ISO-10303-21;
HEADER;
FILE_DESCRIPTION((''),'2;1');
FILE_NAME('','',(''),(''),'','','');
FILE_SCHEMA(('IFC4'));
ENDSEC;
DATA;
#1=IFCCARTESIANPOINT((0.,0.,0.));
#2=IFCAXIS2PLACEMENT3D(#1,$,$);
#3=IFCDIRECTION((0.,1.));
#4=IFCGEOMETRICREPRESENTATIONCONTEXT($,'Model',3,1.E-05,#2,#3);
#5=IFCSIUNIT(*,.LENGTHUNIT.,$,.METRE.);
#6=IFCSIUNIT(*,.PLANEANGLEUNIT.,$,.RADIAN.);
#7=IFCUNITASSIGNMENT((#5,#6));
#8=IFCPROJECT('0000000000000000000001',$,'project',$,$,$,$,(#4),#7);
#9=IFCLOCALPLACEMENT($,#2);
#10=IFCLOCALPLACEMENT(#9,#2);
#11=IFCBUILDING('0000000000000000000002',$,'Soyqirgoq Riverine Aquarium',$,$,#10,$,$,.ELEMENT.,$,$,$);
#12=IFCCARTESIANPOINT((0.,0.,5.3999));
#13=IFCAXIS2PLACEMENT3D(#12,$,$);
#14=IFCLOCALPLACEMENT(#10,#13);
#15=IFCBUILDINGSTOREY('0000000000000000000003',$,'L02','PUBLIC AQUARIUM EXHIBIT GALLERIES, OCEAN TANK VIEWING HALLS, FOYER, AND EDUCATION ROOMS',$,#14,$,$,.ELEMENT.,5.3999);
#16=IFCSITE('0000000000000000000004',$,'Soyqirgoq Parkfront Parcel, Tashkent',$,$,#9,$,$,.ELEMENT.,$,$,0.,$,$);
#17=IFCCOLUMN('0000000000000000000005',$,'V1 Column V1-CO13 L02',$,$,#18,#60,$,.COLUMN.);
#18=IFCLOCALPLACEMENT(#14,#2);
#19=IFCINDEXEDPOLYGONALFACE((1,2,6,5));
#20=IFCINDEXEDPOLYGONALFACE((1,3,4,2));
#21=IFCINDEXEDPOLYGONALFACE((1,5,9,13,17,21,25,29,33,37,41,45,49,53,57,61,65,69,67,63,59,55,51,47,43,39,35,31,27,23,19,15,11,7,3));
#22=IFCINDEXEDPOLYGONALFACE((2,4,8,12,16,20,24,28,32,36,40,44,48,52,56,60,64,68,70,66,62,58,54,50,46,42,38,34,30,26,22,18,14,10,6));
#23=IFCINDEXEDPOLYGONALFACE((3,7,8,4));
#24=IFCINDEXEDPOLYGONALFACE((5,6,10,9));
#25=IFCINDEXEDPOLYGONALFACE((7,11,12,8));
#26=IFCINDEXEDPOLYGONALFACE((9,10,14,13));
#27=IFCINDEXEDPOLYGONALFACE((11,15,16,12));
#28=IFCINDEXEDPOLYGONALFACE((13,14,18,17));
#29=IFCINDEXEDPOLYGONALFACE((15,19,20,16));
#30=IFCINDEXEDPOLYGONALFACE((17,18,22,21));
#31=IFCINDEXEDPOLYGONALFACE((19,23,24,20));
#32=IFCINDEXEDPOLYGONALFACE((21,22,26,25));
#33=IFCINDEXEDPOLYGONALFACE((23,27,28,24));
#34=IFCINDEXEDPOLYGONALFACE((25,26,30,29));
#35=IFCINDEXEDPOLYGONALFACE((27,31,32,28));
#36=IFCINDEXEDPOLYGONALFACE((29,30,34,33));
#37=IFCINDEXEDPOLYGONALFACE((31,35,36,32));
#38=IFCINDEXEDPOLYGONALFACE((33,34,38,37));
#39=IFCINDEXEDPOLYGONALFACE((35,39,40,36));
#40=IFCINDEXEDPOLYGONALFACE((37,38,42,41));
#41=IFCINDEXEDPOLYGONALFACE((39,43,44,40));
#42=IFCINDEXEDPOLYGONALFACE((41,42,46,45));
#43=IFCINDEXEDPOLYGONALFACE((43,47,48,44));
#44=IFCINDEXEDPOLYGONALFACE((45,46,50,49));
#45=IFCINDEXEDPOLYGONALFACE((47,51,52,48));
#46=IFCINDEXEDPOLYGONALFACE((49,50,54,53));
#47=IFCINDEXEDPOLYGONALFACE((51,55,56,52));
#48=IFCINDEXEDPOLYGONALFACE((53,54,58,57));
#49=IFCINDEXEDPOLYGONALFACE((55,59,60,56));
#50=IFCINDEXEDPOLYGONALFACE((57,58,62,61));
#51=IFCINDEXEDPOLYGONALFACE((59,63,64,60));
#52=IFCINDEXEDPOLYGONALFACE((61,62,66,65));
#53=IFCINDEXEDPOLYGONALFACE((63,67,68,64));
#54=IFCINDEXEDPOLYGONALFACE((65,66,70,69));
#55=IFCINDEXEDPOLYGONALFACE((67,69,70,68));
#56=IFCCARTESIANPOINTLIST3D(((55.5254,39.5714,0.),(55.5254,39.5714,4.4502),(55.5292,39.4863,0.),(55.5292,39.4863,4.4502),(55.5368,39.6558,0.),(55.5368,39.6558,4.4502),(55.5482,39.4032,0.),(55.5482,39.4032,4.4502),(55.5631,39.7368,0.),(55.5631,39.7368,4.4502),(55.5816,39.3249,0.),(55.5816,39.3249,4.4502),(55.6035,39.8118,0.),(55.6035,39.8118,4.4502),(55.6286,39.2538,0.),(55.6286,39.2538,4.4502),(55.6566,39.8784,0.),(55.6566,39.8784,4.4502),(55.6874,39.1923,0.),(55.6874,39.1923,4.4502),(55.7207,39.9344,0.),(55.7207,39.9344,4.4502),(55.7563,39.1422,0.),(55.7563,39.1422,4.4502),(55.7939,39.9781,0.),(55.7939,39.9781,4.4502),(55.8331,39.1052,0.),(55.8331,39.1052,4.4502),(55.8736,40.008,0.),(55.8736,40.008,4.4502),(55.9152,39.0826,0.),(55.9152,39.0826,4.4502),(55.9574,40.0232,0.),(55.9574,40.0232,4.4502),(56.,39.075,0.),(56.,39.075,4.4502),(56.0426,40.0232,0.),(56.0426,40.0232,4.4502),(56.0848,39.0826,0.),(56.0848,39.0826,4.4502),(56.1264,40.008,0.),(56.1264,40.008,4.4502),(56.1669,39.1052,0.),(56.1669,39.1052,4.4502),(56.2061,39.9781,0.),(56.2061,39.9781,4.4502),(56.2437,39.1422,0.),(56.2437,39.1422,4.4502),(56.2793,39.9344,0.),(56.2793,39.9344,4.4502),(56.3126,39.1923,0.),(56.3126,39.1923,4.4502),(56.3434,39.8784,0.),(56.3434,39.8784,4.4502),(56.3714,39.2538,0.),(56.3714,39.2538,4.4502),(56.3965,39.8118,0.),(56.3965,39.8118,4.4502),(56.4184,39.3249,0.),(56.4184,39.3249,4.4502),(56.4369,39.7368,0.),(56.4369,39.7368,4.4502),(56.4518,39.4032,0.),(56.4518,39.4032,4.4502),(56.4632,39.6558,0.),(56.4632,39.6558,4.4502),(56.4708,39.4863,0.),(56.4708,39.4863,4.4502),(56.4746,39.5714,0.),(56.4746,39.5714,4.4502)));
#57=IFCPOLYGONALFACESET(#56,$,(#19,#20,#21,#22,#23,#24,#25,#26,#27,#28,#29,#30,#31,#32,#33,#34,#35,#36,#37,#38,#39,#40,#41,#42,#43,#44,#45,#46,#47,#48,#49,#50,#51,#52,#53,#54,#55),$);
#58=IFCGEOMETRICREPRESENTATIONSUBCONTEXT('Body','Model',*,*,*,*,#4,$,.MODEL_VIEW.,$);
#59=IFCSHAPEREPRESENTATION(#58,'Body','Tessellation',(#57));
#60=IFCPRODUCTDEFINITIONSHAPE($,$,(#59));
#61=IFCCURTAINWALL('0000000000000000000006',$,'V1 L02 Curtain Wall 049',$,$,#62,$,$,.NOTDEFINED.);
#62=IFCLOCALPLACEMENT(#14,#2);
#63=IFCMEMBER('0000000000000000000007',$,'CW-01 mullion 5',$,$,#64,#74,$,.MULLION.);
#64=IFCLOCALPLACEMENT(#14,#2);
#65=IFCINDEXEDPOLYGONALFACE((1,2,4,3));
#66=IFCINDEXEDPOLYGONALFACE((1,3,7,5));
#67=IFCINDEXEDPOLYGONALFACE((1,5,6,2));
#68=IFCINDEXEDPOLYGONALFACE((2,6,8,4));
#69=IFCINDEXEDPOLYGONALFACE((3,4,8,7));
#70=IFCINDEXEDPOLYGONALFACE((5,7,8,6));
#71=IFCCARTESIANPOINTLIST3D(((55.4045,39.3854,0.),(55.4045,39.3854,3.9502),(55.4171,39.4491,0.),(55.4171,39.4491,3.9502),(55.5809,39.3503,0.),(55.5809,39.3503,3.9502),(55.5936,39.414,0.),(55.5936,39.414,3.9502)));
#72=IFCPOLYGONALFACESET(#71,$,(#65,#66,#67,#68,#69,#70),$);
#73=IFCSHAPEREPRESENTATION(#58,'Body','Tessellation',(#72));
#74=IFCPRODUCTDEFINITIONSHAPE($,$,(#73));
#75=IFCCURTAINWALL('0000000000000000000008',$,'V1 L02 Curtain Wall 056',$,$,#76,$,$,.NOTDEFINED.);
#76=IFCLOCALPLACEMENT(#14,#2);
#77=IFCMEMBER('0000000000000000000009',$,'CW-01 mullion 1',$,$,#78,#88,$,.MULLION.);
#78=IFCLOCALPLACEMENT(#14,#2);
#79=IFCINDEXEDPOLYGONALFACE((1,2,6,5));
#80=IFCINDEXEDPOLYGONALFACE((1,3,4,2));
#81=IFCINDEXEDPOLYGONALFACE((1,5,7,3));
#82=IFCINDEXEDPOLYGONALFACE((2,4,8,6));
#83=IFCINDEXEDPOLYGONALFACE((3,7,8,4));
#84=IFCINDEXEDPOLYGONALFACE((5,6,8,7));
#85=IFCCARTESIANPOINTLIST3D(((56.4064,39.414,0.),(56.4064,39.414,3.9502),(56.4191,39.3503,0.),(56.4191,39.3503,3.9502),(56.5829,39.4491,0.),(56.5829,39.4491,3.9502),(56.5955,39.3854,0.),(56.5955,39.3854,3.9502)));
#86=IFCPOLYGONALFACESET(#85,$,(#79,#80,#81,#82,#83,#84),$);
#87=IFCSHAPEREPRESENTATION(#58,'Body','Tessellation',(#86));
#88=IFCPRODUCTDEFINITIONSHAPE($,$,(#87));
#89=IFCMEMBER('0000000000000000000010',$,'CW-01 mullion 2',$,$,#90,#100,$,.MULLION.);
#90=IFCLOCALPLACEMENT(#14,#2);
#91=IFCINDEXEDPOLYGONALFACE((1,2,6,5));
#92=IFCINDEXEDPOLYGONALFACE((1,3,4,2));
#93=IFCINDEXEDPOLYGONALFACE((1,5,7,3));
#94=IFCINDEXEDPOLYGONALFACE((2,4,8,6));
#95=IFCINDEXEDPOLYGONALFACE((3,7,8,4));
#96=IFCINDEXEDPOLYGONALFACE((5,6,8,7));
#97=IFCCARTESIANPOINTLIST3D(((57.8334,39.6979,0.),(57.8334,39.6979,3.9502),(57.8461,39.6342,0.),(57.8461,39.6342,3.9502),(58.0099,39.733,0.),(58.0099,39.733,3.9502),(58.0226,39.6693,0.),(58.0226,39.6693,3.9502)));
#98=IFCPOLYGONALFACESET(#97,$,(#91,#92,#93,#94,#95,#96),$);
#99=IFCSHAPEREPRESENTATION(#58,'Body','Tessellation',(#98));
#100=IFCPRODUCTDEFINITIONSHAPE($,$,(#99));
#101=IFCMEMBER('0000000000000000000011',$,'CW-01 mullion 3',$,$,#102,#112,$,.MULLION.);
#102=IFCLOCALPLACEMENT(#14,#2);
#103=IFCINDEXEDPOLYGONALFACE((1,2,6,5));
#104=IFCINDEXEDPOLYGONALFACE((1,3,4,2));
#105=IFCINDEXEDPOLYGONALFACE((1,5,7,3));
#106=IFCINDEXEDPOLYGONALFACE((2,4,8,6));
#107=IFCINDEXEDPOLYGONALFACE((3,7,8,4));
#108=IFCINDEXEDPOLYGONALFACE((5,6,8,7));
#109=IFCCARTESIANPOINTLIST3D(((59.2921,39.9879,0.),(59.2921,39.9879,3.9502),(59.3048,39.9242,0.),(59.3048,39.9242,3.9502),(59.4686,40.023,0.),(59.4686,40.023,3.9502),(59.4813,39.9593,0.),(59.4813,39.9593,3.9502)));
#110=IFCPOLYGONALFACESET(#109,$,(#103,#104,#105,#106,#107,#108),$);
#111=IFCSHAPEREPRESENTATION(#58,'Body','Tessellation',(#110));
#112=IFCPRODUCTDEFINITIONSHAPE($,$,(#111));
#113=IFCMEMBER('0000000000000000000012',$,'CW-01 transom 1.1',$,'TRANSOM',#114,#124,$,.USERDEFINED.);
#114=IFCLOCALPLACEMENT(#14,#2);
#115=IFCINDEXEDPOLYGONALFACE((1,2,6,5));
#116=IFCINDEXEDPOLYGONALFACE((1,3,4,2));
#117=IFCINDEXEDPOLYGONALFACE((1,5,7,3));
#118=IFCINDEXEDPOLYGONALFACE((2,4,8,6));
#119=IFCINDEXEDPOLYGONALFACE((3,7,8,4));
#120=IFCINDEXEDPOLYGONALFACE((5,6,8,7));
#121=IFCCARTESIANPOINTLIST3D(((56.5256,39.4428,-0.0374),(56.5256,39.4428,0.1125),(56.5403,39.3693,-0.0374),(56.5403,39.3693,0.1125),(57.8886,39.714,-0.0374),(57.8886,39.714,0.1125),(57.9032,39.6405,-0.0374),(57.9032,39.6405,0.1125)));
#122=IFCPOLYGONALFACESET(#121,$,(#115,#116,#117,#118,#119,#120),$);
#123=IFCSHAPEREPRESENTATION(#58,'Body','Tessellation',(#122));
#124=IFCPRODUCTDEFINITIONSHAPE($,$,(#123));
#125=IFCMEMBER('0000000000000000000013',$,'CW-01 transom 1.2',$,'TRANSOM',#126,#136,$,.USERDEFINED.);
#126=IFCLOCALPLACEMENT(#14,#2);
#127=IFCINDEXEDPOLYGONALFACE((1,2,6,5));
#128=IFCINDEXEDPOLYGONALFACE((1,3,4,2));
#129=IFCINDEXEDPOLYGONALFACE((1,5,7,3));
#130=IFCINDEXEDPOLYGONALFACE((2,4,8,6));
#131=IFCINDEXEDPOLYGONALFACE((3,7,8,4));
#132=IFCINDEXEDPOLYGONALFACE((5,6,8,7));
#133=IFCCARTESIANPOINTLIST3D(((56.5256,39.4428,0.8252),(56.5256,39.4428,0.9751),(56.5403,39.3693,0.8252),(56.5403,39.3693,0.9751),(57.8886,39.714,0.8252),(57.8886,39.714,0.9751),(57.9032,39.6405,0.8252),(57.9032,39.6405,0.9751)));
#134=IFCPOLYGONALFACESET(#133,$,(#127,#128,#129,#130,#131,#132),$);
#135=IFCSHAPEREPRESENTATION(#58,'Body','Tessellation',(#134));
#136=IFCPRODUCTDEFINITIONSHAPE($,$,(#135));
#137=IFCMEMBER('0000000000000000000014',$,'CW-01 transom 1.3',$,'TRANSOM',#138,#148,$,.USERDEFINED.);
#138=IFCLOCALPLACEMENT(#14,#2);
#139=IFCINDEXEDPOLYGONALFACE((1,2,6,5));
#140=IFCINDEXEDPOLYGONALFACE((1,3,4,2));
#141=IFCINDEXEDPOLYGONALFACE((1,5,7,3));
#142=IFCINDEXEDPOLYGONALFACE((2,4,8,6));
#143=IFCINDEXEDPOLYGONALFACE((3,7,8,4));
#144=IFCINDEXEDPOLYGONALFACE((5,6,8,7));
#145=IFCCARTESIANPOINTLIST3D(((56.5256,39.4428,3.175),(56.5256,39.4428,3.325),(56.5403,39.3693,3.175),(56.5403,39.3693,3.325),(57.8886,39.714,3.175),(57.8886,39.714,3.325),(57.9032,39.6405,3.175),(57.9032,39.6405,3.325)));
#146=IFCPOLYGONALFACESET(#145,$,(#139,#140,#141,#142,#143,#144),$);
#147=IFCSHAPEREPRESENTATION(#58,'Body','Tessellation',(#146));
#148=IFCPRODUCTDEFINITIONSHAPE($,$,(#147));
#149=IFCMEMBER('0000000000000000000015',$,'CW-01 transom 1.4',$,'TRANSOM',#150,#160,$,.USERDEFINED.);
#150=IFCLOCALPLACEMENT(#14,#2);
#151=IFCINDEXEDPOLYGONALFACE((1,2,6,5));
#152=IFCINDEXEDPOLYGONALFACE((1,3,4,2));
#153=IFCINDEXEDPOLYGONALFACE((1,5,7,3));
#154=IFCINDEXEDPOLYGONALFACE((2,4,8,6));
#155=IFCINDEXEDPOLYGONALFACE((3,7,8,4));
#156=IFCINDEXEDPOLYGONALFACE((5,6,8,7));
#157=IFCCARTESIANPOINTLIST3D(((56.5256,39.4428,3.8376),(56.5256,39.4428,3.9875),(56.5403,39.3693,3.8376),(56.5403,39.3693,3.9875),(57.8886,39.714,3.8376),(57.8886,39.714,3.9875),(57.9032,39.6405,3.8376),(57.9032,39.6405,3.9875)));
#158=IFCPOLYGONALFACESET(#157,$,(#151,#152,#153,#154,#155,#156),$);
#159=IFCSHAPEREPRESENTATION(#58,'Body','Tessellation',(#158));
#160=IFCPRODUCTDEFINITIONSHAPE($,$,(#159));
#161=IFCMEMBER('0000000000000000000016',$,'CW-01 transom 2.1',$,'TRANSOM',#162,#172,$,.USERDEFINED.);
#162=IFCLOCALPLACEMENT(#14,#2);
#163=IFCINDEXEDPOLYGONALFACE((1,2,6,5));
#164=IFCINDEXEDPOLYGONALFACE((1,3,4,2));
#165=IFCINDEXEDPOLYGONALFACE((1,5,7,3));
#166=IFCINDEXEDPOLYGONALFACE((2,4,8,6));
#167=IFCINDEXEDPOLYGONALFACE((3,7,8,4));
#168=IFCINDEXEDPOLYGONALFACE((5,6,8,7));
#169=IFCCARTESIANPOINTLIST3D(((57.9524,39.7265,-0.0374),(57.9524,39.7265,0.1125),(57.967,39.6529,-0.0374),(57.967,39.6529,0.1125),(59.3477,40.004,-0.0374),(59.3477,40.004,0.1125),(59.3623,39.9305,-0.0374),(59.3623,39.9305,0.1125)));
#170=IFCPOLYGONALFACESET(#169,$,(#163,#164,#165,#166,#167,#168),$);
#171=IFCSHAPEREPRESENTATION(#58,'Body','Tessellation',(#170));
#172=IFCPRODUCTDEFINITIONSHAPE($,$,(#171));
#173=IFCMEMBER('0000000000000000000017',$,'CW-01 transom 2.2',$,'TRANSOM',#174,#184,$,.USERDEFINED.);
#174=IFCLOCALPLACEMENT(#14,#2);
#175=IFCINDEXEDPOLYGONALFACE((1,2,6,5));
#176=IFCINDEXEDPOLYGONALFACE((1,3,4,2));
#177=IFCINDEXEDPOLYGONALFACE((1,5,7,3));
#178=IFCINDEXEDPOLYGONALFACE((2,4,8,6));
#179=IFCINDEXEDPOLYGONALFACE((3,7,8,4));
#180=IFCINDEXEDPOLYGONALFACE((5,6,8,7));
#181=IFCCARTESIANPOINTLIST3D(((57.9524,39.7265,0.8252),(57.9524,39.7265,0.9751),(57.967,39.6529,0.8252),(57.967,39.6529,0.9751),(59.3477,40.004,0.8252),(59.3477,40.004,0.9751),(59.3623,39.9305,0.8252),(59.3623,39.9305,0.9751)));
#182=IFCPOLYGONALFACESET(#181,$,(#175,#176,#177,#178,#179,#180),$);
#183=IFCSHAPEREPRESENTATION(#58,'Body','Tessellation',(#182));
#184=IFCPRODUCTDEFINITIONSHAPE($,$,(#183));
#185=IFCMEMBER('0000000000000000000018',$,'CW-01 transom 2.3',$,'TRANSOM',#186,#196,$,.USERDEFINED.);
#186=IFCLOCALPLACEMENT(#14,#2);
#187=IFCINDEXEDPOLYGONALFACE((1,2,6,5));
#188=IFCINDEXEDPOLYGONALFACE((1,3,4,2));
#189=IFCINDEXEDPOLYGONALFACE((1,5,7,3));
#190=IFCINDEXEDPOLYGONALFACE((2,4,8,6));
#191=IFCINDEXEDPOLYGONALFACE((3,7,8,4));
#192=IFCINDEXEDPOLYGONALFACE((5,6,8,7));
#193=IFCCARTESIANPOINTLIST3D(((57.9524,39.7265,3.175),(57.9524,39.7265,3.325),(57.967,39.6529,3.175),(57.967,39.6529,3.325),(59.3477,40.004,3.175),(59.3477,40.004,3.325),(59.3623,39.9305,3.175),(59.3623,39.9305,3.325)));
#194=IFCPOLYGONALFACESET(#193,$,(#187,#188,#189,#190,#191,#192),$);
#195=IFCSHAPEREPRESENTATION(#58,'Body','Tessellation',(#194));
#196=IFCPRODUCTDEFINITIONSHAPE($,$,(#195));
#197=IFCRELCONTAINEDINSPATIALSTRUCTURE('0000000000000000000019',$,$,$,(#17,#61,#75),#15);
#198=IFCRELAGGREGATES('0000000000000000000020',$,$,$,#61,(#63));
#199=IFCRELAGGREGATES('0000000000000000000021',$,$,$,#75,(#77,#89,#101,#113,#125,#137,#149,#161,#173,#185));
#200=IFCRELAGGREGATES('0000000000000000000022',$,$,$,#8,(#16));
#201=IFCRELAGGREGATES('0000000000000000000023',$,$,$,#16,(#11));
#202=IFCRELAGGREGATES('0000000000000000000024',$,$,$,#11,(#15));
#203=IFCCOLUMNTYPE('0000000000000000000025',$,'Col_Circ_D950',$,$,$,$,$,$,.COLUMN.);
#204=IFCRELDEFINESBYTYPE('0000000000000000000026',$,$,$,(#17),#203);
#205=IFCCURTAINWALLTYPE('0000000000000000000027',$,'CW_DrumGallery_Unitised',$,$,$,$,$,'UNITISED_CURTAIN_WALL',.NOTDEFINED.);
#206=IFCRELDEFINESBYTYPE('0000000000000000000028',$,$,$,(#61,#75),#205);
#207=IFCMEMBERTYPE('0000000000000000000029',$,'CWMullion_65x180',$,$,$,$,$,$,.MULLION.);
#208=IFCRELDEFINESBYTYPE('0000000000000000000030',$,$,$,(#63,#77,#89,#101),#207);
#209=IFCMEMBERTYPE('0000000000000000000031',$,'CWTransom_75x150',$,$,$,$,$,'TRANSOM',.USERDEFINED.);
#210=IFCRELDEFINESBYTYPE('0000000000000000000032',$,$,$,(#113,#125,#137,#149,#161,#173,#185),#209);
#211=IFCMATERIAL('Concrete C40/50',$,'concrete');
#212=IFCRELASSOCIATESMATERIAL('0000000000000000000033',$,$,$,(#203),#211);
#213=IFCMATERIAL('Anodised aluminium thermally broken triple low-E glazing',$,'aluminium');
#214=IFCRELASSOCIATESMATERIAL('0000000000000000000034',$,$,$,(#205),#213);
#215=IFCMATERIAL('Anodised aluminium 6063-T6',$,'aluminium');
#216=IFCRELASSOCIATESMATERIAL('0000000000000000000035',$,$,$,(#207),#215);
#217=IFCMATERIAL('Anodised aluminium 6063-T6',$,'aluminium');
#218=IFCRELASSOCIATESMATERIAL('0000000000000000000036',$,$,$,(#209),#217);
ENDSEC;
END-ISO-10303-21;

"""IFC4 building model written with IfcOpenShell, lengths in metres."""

from ifc_helpers import new_model, si_unit, direction, frame, origin, origin_2d, place, context, subcontext, project, spatial, rectangle, circle, extrude, material, material_profile, profile_set, type_object, element, aggregate, save


model = new_model("IFC4")

# Units and contexts
model_context = context("Model", 3, precision=1e-05, world=origin(), true_north=direction((0.0, 1.0)))
body_context = subcontext(model_context, "Body", "Model", "MODEL_VIEW")
ifc_project = project(units=[si_unit("LENGTHUNIT", "METRE"), si_unit("PLANEANGLEUNIT", "RADIAN")], contexts=[model_context])

# Site, building, storey
site_placement = place(None, origin())
site = spatial("IfcSite", under=ifc_project, at=site_placement, Name="Soyqirgoq Parkfront Parcel, Tashkent", CompositionType="ELEMENT", RefElevation=0.0)
building_placement = place(site_placement, origin())
building = spatial("IfcBuilding", under=site, at=building_placement, Name="Soyqirgoq Riverine Aquarium", CompositionType="ELEMENT")
storey_placement = place(building_placement, frame((0.0, 0.0, 5.3999)))
storey = spatial("IfcBuildingStorey", under=building, at=storey_placement, Name="L02", Description="PUBLIC AQUARIUM EXHIBIT GALLERIES, OCEAN TANK VIEWING HALLS, FOYER, AND EDUCATION ROOMS", CompositionType="ELEMENT", Elevation=5.3999)

# Column
ifc_material_1 = material(Name="Concrete C40/50", Category="concrete")
ifc_material_profile_1 = material_profile(ifc_material_1, circle(Radius=0.4751, at=origin_2d()), Name="RC-COL D950")
ifc_profile_set_1 = profile_set([ifc_material_profile_1], Name="Concrete C40/50")
column_type = type_object("IfcColumnType", Name="Col_Circ_D950", PredefinedType="COLUMN", material=ifc_profile_set_1)
column_placement = place(storey_placement, frame((56.0, 39.55, 0.0), z_axis=(0.0, 0.0, 1.0), x_axis=(0.0, -1.0, 0.0)))
element("IfcColumn", 1, at=column_placement, inside=storey, type_object=column_type, Name="V1 Column V1-CO13 L02", PredefinedType="COLUMN", context=body_context, shape_type="SweptSolid", body=[
    extrude(circle(Radius=0.4751, at=origin_2d()), origin(), (0.0, 0.0, 1.0), 4.4502),
])

# Curtain wall, member
ifc_material_2 = material(Name="Anodised aluminium thermally broken triple low-E glazing", Category="aluminium")
curtain_wall_type = type_object("IfcCurtainWallType", Name="CW_DrumGallery_Unitised", ElementType="UNITISED_CURTAIN_WALL", PredefinedType="NOTDEFINED", material=ifc_material_2)
curtain_wall_1_placement = place(storey_placement, origin())
curtain_wall_1 = element("IfcCurtainWall", 2, at=curtain_wall_1_placement, inside=storey, type_object=curtain_wall_type, Name="V1 L02 Curtain Wall 049", PredefinedType="NOTDEFINED")
ifc_material_3 = material(Name="Anodised aluminium 6063-T6", Category="aluminium")
ifc_material_profile_2 = material_profile(ifc_material_3, rectangle(XDim=0.0649, YDim=0.1799, at=origin_2d()), Name="ALU-M 65x180")
ifc_profile_set_2 = profile_set([ifc_material_profile_2], Name="Anodised aluminium 6063-T6")
member_type_1 = type_object("IfcMemberType", Name="CWMullion_65x180", PredefinedType="MULLION", material=ifc_profile_set_2)
member_1_placement = place(storey_placement, frame((55.499, 39.3997, 0.0), z_axis=(0.0, 0.0, 1.0), x_axis=(0.195088, 0.980786, 0.0)))
member_1 = element("IfcMember", 3, at=member_1_placement, type_object=member_type_1, Name="CW-01 mullion 5", PredefinedType="MULLION", context=body_context, shape_type="SweptSolid", body=[
    extrude(rectangle(XDim=0.0649, YDim=0.1799, at=origin_2d()), origin(), (0.0, 0.0, 1.0), 3.9502),
])

# Curtain wall, members
curtain_wall_2_placement = place(storey_placement, origin())
curtain_wall_2 = element("IfcCurtainWall", 4, at=curtain_wall_2_placement, inside=storey, type_object=curtain_wall_type, Name="V1 L02 Curtain Wall 056", PredefinedType="NOTDEFINED")
member_2_placement = place(storey_placement, frame((56.501, 39.3997, 0.0), z_axis=(0.0, 0.0, 1.0), x_axis=(-0.195088, 0.980786, 0.0)))
member_2 = element("IfcMember", 5, at=member_2_placement, type_object=member_type_1, Name="CW-01 mullion 1", PredefinedType="MULLION", context=body_context, shape_type="SweptSolid", body=[
    extrude(rectangle(XDim=0.0649, YDim=0.1799, at=origin_2d()), origin(), (0.0, 0.0, 1.0), 3.9502),
])
member_3_placement = place(storey_placement, frame((57.928, 39.6836, 0.0), z_axis=(0.0, 0.0, 1.0), x_axis=(-0.195088, 0.980786, 0.0)))
member_3 = element("IfcMember", 6, at=member_3_placement, type_object=member_type_1, Name="CW-01 mullion 2", PredefinedType="MULLION", context=body_context, shape_type="SweptSolid", body=[
    extrude(rectangle(XDim=0.0649, YDim=0.1799, at=origin_2d()), origin(), (0.0, 0.0, 1.0), 3.9502),
])
member_4_placement = place(storey_placement, frame((59.3867, 39.9736, 0.0), z_axis=(0.0, 0.0, 1.0), x_axis=(-0.195088, 0.980786, 0.0)))
member_4 = element("IfcMember", 7, at=member_4_placement, type_object=member_type_1, Name="CW-01 mullion 3", PredefinedType="MULLION", context=body_context, shape_type="SweptSolid", body=[
    extrude(rectangle(XDim=0.0649, YDim=0.1799, at=origin_2d()), origin(), (0.0, 0.0, 1.0), 3.9502),
])
ifc_material_4 = material(Name="Anodised aluminium 6063-T6", Category="aluminium")
ifc_material_profile_3 = material_profile(ifc_material_4, rectangle(XDim=0.075, YDim=0.1499, at=origin_2d()), Name="ALU-T 75x150")
ifc_profile_set_3 = profile_set([ifc_material_profile_3], Name="Anodised aluminium 6063-T6")
member_type_2 = type_object("IfcMemberType", Name="CWTransom_75x150", ElementType="TRANSOM", PredefinedType="USERDEFINED", material=ifc_profile_set_3)
member_5_placement = place(storey_placement, frame((56.533, 39.406, 0.0376), z_axis=(0.980769, 0.19517, 0.0), x_axis=(-0.19517, 0.980769, 0.0)))
member_5 = element("IfcMember", 8, at=member_5_placement, type_object=member_type_2, Name="CW-01 transom 1.1", ObjectType="TRANSOM", PredefinedType="USERDEFINED", context=body_context, shape_type="SweptSolid", body=[
    extrude(rectangle(XDim=0.075, YDim=0.1499, at=origin_2d()), origin(), (0.0, 0.0, 1.0), 1.3896),
])
member_6_placement = place(storey_placement, frame((56.533, 39.406, 0.9001), z_axis=(0.980769, 0.19517, 0.0), x_axis=(-0.19517, 0.980769, 0.0)))
member_6 = element("IfcMember", 9, at=member_6_placement, type_object=member_type_2, Name="CW-01 transom 1.2", ObjectType="TRANSOM", PredefinedType="USERDEFINED", context=body_context, shape_type="SweptSolid", body=[
    extrude(rectangle(XDim=0.075, YDim=0.1499, at=origin_2d()), origin(), (0.0, 0.0, 1.0), 1.3896),
])
member_7_placement = place(storey_placement, frame((56.533, 39.406, 3.25), z_axis=(0.980769, 0.19517, 0.0), x_axis=(-0.19517, 0.980769, 0.0)))
member_7 = element("IfcMember", 10, at=member_7_placement, type_object=member_type_2, Name="CW-01 transom 1.3", ObjectType="TRANSOM", PredefinedType="USERDEFINED", context=body_context, shape_type="SweptSolid", body=[
    extrude(rectangle(XDim=0.075, YDim=0.1499, at=origin_2d()), origin(), (0.0, 0.0, 1.0), 1.3896),
])
member_8_placement = place(storey_placement, frame((56.533, 39.406, 3.9126), z_axis=(0.980769, 0.19517, 0.0), x_axis=(-0.19517, 0.980769, 0.0)))
member_8 = element("IfcMember", 11, at=member_8_placement, type_object=member_type_2, Name="CW-01 transom 1.4", ObjectType="TRANSOM", PredefinedType="USERDEFINED", context=body_context, shape_type="SweptSolid", body=[
    extrude(rectangle(XDim=0.075, YDim=0.1499, at=origin_2d()), origin(), (0.0, 0.0, 1.0), 1.3896),
])
member_9_placement = place(storey_placement, frame((57.9597, 39.6897, 0.0376), z_axis=(0.980778, 0.195126, 0.0), x_axis=(-0.195126, 0.980778, 0.0)))
member_9 = element("IfcMember", 12, at=member_9_placement, type_object=member_type_2, Name="CW-01 transom 2.1", ObjectType="TRANSOM", PredefinedType="USERDEFINED", context=body_context, shape_type="SweptSolid", body=[
    extrude(rectangle(XDim=0.075, YDim=0.1499, at=origin_2d()), origin(), (0.0, 0.0, 1.0), 1.4226),
])
member_10_placement = place(storey_placement, frame((57.9597, 39.6897, 0.9001), z_axis=(0.980778, 0.195126, 0.0), x_axis=(-0.195126, 0.980778, 0.0)))
member_10 = element("IfcMember", 13, at=member_10_placement, type_object=member_type_2, Name="CW-01 transom 2.2", ObjectType="TRANSOM", PredefinedType="USERDEFINED", context=body_context, shape_type="SweptSolid", body=[
    extrude(rectangle(XDim=0.075, YDim=0.1499, at=origin_2d()), origin(), (0.0, 0.0, 1.0), 1.4226),
])
member_11_placement = place(storey_placement, frame((57.9597, 39.6897, 3.25), z_axis=(0.980778, 0.195126, 0.0), x_axis=(-0.195126, 0.980778, 0.0)))
member_11 = element("IfcMember", 14, at=member_11_placement, type_object=member_type_2, Name="CW-01 transom 2.3", ObjectType="TRANSOM", PredefinedType="USERDEFINED", context=body_context, shape_type="SweptSolid", body=[
    extrude(rectangle(XDim=0.075, YDim=0.1499, at=origin_2d()), origin(), (0.0, 0.0, 1.0), 1.4226),
])

aggregate(curtain_wall_1, [member_1])
aggregate(curtain_wall_2, [member_2, member_3, member_4, member_5, member_6, member_7, member_8, member_9, member_10, member_11])

save(model, "model.ifc")
